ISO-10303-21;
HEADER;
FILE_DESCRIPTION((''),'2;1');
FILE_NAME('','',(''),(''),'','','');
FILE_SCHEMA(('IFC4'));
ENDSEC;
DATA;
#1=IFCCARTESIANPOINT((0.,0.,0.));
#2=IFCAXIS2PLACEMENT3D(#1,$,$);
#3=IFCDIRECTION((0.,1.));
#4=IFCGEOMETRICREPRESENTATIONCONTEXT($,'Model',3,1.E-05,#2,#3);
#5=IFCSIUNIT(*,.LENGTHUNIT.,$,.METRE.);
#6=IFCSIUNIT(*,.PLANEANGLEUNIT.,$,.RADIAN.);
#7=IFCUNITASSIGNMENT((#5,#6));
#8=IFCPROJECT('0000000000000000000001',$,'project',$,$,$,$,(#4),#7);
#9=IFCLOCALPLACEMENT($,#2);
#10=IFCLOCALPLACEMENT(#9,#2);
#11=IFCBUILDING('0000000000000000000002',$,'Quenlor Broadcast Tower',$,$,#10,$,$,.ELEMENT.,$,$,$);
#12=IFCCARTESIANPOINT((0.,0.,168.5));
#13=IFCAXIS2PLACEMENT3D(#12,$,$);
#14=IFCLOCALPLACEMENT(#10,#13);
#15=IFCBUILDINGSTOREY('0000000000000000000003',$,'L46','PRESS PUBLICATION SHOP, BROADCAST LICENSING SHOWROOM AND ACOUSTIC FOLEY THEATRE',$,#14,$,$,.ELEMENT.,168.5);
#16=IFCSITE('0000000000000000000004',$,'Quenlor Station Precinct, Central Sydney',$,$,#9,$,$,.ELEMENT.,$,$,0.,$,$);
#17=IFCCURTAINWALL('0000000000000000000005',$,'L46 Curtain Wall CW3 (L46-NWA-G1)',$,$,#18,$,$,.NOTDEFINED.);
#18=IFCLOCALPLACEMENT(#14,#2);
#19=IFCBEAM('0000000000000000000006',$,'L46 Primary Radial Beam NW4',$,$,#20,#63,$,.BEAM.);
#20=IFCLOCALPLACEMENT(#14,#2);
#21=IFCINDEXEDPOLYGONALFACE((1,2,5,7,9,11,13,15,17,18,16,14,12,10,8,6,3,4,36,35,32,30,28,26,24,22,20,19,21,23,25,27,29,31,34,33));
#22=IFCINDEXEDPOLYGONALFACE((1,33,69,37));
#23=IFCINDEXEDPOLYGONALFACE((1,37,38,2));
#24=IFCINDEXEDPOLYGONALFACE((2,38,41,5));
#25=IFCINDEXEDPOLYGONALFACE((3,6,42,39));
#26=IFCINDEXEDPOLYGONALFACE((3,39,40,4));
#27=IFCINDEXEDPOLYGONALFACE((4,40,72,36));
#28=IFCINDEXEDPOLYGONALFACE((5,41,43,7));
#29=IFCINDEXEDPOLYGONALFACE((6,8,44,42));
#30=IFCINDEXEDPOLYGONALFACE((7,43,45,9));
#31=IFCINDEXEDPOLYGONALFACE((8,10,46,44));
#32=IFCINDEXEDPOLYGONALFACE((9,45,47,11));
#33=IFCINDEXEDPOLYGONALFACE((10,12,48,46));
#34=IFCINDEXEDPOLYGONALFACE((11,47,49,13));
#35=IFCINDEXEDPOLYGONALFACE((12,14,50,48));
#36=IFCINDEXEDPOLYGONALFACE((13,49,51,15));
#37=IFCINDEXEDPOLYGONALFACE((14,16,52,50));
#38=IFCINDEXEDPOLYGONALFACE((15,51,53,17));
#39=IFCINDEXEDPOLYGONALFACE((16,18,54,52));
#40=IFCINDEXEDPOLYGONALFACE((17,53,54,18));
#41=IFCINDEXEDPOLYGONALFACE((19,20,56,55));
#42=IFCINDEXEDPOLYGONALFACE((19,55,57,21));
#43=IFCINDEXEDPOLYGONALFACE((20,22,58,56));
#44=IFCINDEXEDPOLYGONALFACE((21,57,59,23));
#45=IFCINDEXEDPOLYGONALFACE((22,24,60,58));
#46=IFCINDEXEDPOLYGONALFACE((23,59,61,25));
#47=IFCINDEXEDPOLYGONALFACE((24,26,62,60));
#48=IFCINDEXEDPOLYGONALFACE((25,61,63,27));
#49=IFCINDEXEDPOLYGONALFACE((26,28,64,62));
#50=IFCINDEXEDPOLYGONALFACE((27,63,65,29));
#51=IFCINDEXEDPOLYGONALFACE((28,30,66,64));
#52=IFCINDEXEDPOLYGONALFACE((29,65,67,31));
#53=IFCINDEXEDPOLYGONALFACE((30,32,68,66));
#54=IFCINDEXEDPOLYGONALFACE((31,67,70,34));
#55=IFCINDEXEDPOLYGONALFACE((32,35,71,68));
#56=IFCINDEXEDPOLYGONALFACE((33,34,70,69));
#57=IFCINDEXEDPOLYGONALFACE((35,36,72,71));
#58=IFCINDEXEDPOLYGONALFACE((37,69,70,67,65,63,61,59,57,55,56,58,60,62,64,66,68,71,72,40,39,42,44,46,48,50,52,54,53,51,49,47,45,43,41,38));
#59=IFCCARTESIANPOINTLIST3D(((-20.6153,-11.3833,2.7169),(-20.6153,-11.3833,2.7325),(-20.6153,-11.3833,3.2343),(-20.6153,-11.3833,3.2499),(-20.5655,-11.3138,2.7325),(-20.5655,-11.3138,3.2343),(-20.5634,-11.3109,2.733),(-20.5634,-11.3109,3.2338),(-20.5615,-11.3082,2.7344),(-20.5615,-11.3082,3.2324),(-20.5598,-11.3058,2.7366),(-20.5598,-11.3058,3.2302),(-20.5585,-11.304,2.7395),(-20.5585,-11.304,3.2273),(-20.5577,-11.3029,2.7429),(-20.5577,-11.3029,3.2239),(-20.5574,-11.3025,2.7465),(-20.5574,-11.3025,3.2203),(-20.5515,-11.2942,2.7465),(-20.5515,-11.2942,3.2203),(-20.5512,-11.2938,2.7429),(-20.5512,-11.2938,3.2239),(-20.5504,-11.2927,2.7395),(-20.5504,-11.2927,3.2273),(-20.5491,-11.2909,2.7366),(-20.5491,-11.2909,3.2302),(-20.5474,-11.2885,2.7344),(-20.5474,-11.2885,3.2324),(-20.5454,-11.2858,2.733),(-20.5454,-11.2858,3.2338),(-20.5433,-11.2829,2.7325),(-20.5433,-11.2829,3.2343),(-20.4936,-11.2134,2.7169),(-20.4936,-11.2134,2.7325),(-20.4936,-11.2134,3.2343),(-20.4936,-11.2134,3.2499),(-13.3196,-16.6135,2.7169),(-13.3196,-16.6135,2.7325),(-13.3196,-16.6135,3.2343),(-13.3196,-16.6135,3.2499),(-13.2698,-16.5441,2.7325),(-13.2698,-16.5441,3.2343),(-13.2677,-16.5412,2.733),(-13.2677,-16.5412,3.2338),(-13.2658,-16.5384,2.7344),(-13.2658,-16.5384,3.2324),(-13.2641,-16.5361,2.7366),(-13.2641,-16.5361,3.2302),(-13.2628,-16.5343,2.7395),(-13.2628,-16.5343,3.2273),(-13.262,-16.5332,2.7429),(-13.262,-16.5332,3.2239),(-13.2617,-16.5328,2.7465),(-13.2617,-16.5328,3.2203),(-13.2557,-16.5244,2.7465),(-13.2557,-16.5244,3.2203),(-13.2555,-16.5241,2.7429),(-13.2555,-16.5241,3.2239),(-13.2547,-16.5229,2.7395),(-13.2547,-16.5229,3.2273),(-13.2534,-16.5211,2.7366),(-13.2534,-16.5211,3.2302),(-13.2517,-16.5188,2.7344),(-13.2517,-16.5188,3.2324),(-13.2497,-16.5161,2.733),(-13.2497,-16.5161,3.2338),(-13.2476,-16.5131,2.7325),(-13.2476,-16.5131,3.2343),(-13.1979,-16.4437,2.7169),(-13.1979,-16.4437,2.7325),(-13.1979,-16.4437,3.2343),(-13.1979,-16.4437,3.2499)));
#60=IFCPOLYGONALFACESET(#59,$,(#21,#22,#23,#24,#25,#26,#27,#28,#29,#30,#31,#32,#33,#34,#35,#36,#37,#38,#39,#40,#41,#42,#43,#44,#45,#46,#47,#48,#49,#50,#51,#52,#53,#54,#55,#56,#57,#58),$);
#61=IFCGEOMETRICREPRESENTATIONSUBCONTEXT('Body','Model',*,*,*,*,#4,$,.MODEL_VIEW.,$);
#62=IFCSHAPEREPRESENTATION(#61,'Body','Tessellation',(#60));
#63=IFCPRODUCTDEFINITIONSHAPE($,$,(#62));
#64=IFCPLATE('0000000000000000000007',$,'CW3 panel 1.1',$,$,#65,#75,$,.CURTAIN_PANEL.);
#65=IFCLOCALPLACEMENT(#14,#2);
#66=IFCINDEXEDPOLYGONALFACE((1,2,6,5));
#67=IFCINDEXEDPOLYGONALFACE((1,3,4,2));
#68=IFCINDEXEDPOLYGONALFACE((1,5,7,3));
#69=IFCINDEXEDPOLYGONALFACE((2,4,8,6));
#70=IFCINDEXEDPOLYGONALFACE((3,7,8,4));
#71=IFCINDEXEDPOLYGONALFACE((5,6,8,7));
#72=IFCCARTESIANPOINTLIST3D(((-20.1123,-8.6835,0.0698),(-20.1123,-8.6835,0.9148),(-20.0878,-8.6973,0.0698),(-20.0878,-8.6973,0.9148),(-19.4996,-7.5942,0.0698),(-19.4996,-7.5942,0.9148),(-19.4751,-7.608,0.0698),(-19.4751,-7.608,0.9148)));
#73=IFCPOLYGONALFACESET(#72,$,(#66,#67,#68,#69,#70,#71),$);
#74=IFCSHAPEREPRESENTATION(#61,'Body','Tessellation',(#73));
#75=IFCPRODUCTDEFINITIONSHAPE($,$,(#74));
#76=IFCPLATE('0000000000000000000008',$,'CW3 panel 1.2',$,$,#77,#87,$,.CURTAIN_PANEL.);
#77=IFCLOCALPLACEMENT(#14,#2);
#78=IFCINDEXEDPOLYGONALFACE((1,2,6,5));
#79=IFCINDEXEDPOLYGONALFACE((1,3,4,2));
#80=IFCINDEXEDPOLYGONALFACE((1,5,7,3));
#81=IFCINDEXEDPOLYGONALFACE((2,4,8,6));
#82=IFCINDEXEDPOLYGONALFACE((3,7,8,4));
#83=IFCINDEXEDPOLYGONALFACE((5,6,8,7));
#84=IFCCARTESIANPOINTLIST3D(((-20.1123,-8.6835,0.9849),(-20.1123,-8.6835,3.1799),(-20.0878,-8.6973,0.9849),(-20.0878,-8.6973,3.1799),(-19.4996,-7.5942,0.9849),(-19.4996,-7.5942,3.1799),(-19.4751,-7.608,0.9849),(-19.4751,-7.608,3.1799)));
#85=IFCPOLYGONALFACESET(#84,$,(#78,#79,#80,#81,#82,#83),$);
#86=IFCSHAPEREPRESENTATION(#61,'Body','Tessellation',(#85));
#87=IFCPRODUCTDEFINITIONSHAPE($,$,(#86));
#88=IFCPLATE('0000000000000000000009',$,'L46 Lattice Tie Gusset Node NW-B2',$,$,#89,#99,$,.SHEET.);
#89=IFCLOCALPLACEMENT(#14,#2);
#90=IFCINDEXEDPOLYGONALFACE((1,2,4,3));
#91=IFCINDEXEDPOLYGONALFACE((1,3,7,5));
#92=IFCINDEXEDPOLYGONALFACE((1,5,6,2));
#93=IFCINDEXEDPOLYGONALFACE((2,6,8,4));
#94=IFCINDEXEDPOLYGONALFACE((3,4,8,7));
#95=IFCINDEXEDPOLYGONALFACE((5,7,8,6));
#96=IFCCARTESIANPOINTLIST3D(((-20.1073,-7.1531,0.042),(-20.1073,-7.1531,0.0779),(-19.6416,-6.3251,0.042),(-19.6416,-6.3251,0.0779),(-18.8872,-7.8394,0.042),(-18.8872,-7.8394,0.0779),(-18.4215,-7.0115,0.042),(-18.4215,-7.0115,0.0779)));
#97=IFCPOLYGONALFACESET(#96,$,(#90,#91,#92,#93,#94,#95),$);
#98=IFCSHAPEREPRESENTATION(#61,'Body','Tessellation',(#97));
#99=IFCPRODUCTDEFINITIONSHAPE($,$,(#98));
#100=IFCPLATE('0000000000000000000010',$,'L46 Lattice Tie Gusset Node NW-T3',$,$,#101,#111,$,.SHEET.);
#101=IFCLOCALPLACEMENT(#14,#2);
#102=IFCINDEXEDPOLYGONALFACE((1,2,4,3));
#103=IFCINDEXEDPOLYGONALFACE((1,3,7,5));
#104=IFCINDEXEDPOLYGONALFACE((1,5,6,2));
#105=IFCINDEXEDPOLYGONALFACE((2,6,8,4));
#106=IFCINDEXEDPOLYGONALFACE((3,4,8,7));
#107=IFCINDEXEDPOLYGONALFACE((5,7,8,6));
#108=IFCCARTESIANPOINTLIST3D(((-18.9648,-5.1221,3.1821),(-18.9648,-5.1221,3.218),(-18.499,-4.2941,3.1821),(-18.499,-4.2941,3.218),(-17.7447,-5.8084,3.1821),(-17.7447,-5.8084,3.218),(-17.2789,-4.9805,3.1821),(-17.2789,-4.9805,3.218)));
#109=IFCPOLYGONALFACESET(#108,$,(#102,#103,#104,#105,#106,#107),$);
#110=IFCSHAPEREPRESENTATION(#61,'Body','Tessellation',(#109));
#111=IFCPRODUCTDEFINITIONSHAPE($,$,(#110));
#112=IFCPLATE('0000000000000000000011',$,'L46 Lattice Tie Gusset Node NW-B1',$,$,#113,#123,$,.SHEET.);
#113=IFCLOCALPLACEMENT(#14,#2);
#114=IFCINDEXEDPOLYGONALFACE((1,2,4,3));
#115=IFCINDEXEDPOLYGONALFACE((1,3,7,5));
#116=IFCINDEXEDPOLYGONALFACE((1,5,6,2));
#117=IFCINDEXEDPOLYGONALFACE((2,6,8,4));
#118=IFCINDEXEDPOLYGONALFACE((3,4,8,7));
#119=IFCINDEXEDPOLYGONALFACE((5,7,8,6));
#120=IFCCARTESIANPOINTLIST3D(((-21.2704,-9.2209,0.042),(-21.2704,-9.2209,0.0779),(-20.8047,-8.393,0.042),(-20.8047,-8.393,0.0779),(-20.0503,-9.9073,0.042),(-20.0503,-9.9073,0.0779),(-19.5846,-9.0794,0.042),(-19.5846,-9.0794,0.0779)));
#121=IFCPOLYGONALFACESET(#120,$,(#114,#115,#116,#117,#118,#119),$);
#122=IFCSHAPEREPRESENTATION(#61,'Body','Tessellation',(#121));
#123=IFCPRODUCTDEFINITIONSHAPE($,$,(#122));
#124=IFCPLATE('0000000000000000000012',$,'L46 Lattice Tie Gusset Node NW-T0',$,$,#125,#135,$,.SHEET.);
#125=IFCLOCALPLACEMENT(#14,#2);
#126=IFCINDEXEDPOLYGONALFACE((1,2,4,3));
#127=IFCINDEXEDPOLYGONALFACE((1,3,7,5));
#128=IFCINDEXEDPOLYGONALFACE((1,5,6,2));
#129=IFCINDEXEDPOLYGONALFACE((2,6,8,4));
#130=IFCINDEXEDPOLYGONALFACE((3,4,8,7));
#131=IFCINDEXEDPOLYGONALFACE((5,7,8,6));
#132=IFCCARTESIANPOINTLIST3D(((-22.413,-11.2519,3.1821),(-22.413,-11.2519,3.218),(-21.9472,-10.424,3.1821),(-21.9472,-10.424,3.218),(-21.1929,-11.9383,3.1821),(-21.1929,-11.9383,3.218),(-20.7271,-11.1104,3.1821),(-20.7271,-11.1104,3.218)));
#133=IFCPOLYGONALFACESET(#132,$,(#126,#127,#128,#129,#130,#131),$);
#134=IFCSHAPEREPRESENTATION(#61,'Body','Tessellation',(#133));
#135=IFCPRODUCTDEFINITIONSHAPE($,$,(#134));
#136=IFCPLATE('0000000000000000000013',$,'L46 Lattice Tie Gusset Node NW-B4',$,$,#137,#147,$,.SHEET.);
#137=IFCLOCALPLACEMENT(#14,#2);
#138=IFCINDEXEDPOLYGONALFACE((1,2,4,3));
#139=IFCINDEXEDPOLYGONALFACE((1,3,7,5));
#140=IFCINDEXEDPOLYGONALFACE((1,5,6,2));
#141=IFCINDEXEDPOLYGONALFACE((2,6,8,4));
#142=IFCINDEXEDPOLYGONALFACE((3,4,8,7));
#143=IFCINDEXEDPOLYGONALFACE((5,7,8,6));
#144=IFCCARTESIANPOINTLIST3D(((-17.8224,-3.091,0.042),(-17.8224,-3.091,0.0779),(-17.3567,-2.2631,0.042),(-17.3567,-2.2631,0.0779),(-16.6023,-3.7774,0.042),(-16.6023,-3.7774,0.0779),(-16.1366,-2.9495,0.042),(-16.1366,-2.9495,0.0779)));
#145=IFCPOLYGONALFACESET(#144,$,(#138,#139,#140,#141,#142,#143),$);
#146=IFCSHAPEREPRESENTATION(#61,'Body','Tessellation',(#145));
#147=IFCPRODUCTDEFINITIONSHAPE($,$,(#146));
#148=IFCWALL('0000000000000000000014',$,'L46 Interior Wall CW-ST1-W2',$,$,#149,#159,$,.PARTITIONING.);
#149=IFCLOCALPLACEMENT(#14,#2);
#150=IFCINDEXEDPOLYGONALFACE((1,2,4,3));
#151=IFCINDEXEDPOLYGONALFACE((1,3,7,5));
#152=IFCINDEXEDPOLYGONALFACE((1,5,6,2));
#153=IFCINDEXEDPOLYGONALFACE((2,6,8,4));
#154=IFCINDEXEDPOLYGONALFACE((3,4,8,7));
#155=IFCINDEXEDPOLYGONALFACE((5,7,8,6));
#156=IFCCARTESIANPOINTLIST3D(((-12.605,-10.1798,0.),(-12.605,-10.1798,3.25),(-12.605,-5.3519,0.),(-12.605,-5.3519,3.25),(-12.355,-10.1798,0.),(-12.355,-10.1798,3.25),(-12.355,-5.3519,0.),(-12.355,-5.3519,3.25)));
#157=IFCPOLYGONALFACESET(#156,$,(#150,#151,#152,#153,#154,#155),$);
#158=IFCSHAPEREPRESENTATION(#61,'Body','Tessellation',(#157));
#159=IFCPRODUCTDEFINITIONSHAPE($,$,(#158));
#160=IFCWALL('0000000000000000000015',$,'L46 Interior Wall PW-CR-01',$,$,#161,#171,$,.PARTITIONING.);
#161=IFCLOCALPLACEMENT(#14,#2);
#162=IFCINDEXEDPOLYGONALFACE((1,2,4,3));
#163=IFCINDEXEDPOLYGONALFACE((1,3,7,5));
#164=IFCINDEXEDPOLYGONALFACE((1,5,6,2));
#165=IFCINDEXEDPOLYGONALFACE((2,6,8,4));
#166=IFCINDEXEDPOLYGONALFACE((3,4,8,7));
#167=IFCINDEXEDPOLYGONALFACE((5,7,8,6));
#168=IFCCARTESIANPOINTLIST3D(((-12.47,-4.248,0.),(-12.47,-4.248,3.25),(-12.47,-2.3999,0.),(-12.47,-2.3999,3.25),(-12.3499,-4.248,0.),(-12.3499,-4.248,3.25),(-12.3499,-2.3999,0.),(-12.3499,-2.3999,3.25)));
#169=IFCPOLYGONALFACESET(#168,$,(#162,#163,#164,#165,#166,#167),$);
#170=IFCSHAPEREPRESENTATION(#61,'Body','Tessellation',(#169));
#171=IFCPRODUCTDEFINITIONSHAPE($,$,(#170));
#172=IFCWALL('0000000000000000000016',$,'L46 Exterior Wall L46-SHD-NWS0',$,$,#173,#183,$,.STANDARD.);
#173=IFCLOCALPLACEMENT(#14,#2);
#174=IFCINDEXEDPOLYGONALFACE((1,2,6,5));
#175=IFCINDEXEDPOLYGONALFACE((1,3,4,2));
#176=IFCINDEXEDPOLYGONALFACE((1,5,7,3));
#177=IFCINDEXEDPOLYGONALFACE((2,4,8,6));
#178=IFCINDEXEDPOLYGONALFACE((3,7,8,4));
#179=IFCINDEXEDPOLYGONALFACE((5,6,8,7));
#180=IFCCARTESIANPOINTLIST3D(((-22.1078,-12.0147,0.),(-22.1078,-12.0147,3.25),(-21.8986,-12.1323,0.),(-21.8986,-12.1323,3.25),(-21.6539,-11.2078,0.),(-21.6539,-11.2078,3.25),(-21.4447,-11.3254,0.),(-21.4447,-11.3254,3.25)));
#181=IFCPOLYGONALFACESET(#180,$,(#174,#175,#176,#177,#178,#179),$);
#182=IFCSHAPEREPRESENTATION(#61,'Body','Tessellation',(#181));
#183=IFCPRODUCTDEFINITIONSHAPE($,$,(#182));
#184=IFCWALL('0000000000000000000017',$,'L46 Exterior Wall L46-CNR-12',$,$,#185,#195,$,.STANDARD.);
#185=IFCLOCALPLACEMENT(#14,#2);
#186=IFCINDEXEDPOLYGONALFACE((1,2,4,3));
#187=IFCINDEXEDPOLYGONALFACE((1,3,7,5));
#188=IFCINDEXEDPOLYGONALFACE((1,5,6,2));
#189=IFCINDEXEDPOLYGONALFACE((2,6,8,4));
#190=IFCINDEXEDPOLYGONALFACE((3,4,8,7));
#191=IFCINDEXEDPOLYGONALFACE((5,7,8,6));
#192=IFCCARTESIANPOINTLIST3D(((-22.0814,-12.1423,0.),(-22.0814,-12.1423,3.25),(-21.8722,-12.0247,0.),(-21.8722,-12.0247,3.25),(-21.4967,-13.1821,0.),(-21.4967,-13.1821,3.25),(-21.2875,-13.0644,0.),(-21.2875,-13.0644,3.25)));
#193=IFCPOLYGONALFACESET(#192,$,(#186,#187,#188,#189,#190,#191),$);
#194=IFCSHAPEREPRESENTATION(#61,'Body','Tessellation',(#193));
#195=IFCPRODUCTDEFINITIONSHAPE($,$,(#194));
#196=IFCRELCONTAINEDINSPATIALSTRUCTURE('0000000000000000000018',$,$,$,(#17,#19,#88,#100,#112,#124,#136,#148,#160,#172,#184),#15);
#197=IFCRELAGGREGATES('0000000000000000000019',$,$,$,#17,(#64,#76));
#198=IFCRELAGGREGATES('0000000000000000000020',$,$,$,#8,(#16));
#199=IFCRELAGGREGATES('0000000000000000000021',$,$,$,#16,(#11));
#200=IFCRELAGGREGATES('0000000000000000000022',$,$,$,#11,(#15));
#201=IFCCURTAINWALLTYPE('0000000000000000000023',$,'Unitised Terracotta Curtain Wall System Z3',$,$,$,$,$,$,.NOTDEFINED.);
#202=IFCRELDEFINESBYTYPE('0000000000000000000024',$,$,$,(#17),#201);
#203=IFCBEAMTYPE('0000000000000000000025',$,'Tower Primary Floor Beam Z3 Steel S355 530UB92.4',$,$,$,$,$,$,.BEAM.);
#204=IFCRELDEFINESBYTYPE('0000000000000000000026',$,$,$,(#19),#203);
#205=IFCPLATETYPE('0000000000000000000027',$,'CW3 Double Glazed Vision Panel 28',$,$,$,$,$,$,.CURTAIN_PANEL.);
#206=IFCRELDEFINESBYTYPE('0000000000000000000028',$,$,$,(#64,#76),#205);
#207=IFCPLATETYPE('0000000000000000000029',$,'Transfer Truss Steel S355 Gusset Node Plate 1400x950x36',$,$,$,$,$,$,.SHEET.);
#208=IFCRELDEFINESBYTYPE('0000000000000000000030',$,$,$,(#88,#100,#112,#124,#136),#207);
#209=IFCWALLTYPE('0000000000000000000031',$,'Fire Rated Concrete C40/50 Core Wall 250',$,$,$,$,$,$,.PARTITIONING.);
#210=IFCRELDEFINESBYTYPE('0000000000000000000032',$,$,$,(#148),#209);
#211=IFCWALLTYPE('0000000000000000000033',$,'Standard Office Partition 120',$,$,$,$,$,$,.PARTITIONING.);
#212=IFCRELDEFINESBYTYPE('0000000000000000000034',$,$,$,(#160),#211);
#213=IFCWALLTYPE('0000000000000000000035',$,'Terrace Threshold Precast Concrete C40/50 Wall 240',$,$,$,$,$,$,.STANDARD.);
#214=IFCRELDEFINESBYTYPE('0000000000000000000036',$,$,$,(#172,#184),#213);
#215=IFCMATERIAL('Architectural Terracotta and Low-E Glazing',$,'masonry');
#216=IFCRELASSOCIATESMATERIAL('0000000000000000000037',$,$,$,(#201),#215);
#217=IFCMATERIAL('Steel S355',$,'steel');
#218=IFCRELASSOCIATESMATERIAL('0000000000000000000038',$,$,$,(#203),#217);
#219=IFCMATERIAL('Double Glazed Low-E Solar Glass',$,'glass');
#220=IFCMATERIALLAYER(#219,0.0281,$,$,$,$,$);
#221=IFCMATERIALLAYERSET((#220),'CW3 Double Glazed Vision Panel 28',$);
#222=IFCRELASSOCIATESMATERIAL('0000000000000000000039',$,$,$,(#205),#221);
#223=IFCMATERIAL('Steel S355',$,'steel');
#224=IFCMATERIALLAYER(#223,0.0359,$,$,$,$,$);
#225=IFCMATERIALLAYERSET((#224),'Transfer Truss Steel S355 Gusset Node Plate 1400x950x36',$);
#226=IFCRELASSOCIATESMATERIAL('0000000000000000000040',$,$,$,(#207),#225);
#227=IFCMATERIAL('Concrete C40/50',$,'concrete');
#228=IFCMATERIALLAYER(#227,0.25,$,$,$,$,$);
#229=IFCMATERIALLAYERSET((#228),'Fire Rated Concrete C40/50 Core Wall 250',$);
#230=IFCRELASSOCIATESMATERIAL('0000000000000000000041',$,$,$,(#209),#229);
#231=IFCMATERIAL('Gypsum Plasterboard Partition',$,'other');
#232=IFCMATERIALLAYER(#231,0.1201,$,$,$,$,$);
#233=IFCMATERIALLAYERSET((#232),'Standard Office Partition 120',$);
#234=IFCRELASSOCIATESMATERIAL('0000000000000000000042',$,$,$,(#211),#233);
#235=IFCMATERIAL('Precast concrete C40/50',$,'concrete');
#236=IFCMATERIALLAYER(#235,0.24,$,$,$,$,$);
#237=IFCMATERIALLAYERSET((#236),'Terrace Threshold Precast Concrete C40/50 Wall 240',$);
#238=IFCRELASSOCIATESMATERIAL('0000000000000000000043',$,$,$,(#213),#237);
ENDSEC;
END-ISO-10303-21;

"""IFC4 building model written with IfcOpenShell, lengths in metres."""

from ifc_helpers import new_model, si_unit, direction, frame, frame_2d, origin, origin_2d, place, context, subcontext, project, spatial, rectangle, i_section, extrude, material, layer, layer_set, material_profile, profile_set, type_object, element, aggregate, save


model = new_model("IFC4")

# Units and contexts
model_context = context("Model", 3, precision=1e-05, world=origin(), true_north=direction((0.0, 1.0)))
body_context = subcontext(model_context, "Body", "Model", "MODEL_VIEW")
ifc_project = project(units=[si_unit("LENGTHUNIT", "METRE"), si_unit("PLANEANGLEUNIT", "RADIAN")], contexts=[model_context])

# Site, building, storey
site_placement = place(None, origin())
site = spatial("IfcSite", under=ifc_project, at=site_placement, Name="Quenlor Station Precinct, Central Sydney", CompositionType="ELEMENT", RefElevation=0.0)
building_placement = place(site_placement, origin())
building = spatial("IfcBuilding", under=site, at=building_placement, Name="Quenlor Broadcast Tower", CompositionType="ELEMENT")
storey_placement = place(building_placement, frame((0.0, 0.0, 168.5)))
storey = spatial("IfcBuildingStorey", under=building, at=storey_placement, Name="L46", Description="PRESS PUBLICATION SHOP, BROADCAST LICENSING SHOWROOM AND ACOUSTIC FOLEY THEATRE", CompositionType="ELEMENT", Elevation=168.5)

# Curtain wall
ifc_material_1 = material(Name="Architectural Terracotta and Low-E Glazing", Category="masonry")
curtain_wall_type = type_object("IfcCurtainWallType", Name="Unitised Terracotta Curtain Wall System Z3", PredefinedType="NOTDEFINED", material=ifc_material_1)
curtain_wall_placement = place(storey_placement, origin())
curtain_wall = element("IfcCurtainWall", 1, at=curtain_wall_placement, inside=storey, type_object=curtain_wall_type, Name="L46 Curtain Wall CW3 (L46-NWA-G1)", PredefinedType="NOTDEFINED")

# Beam
ifc_material_2 = material(Name="Steel S355", Category="steel")
ifc_material_profile_1 = material_profile(ifc_material_2, i_section(OverallWidth=0.209, OverallDepth=0.533, WebThickness=0.0103, FlangeThickness=0.0156, FilletRadius=0.0139, at=origin_2d()))
ifc_profile_set_1 = profile_set([ifc_material_profile_1], Name="Steel S355 530UB92.4")
beam_type_1 = type_object("IfcBeamType", Name="Tower Primary Floor Beam Z3 Steel S355 530UB92.4", PredefinedType="BEAM", material=ifc_profile_set_1)
beam_1_placement = place(storey_placement, frame((-20.5544, -11.2983, 2.9834), z_axis=(0.812729, -0.582642, 0.0), x_axis=(0.582642, 0.812729, 0.0)))
element("IfcBeam", 2, at=beam_1_placement, inside=storey, type_object=beam_type_1, Name="L46 Primary Radial Beam NW4", PredefinedType="BEAM", context=body_context, shape_type="SweptSolid", body=[
    extrude(i_section(OverallWidth=0.209, OverallDepth=0.533, WebThickness=0.0103, FlangeThickness=0.0156, FilletRadius=0.0139, at=origin_2d()), origin(), (0.0, 0.0, 1.0), 8.9768),
])

# Plates
ifc_material_3 = material(Name="Double Glazed Low-E Solar Glass", Category="glass")
ifc_layer_1 = layer(ifc_material_3, 0.0281)
ifc_layer_set_1 = layer_set([ifc_layer_1], Name="CW3 Double Glazed Vision Panel 28")
plate_type_1 = type_object("IfcPlateType", Name="CW3 Double Glazed Vision Panel 28", PredefinedType="CURTAIN_PANEL", material=ifc_layer_set_1)
plate_1_placement = place(storey_placement, frame((-19.7937, -8.1458, 0.0698), z_axis=(0.0, 0.0, 1.0), x_axis=(0.490261, 0.871576, 0.0)))
plate_1 = element("IfcPlate", 3, at=plate_1_placement, type_object=plate_type_1, Name="CW3 panel 1.1", PredefinedType="CURTAIN_PANEL", context=body_context, shape_type="SweptSolid", body=[
    extrude(rectangle(XDim=1.2498, YDim=0.0281, at=origin_2d()), origin(), (0.0, 0.0, 1.0), 0.845),
])
plate_2_placement = place(storey_placement, frame((-19.7937, -8.1458, 0.9849), z_axis=(0.0, 0.0, 1.0), x_axis=(0.490261, 0.871576, 0.0)))
plate_2 = element("IfcPlate", 4, at=plate_2_placement, type_object=plate_type_1, Name="CW3 panel 1.2", PredefinedType="CURTAIN_PANEL", context=body_context, shape_type="SweptSolid", body=[
    extrude(rectangle(XDim=1.2498, YDim=0.0281, at=origin_2d()), origin(), (0.0, 0.0, 1.0), 2.1951),
])
aggregate(curtain_wall, [plate_1, plate_2])

# Plates
ifc_material_4 = material(Name="Steel S355", Category="steel")
ifc_layer_2 = layer(ifc_material_4, 0.0359)
ifc_layer_set_2 = layer_set([ifc_layer_2], Name="Transfer Truss Steel S355 Gusset Node Plate 1400x950x36")
plate_type_2 = type_object("IfcPlateType", Name="Transfer Truss Steel S355 Gusset Node Plate 1400x950x36", PredefinedType="SHEET", material=ifc_layer_set_2)
for number, where, z_axis, x_axis, name in (
    (5, (-19.2644, -7.0823, 0.042), (0.0, 0.0, 1.0), (-0.871556, 0.490295, 0.0), "L46 Lattice Tie Gusset Node NW-B2"),
    (6, (-18.1218, -5.0513, 3.1821), (0.0, 0.0, 1.0), (-0.871556, 0.490295, 0.0), "L46 Lattice Tie Gusset Node NW-T3"),
    (7, (-20.4275, -9.1501, 0.042), (0.0, 0.0, 1.0), (-0.871556, 0.490295, 0.0), "L46 Lattice Tie Gusset Node NW-B1"),
    (8, (-21.5701, -11.1812, 3.1821), (0.0, 0.0, 1.0), (-0.871556, 0.490295, 0.0), "L46 Lattice Tie Gusset Node NW-T0"),
    (9, (-16.9795, -3.0203, 0.042), (0.0, 0.0, 1.0), (-0.871556, 0.490295, 0.0), "L46 Lattice Tie Gusset Node NW-B4"),
):
    element("IfcPlate", number, at=place(storey_placement, frame(where, z_axis=z_axis, x_axis=x_axis)), inside=storey, type_object=plate_type_2, Name=name, PredefinedType="SHEET", context=body_context, shape_type="SweptSolid", body=[
        extrude(rectangle(XDim=1.3999, YDim=0.95, at=origin_2d()), origin(), (0.0, 0.0, 1.0), 0.0359),
    ])

# Walls
ifc_material_5 = material(Name="Concrete C40/50", Category="concrete")
ifc_layer_3 = layer(ifc_material_5, 0.25)
ifc_layer_set_3 = layer_set([ifc_layer_3], Name="Fire Rated Concrete C40/50 Core Wall 250")
wall_type_1 = type_object("IfcWallType", Name="Fire Rated Concrete C40/50 Core Wall 250", PredefinedType="PARTITIONING", material=ifc_layer_set_3)
wall_1_placement = place(storey_placement, frame((-12.48, -10.1799, 0.0), z_axis=(0.0, 0.0, 1.0), x_axis=(0.0, 1.0, 0.0)))
element("IfcWall", 10, at=wall_1_placement, inside=storey, type_object=wall_type_1, Name="L46 Interior Wall CW-ST1-W2", PredefinedType="PARTITIONING", context=body_context, shape_type="SweptSolid", body=[
    extrude(rectangle(XDim=4.8279, YDim=0.25, at=frame_2d((2.4141, 0.0))), origin(), (0.0, 0.0, 1.0), 3.25),
])
ifc_material_6 = material(Name="Gypsum Plasterboard Partition", Category="other")
ifc_layer_4 = layer(ifc_material_6, 0.1201)
ifc_layer_set_4 = layer_set([ifc_layer_4], Name="Standard Office Partition 120")
wall_type_2 = type_object("IfcWallType", Name="Standard Office Partition 120", PredefinedType="PARTITIONING", material=ifc_layer_set_4)
wall_2_placement = place(storey_placement, frame((-12.4099, -4.248, 0.0), z_axis=(0.0, 0.0, 1.0), x_axis=(0.0, 1.0, 0.0)))
element("IfcWall", 11, at=wall_2_placement, inside=storey, type_object=wall_type_2, Name="L46 Interior Wall PW-CR-01", PredefinedType="PARTITIONING", context=body_context, shape_type="SweptSolid", body=[
    extrude(rectangle(XDim=1.8481, YDim=0.1201, at=frame_2d((0.9241, 0.0))), origin(), (0.0, 0.0, 1.0), 3.25),
])
ifc_material_7 = material(Name="Precast concrete C40/50", Category="concrete")
ifc_layer_5 = layer(ifc_material_7, 0.24)
ifc_layer_set_5 = layer_set([ifc_layer_5], Name="Terrace Threshold Precast Concrete C40/50 Wall 240")
wall_type_3 = type_object("IfcWallType", Name="Terrace Threshold Precast Concrete C40/50 Wall 240", PredefinedType="STANDARD", material=ifc_layer_set_5)
wall_3_placement = place(storey_placement, frame((-22.0032, -12.0735, 0.0), z_axis=(0.0, 0.0, 1.0), x_axis=(0.490249, 0.871583, 0.0)))
element("IfcWall", 12, at=wall_3_placement, inside=storey, type_object=wall_type_3, Name="L46 Exterior Wall L46-SHD-NWS0", PredefinedType="STANDARD", context=body_context, shape_type="SweptSolid", body=[
    extrude(rectangle(XDim=0.9258, YDim=0.24, at=frame_2d((0.4629, 0.0))), origin(), (0.0, 0.0, 1.0), 3.25),
])
wall_4_placement = place(storey_placement, frame((-21.9768, -12.0835, 0.0), z_axis=(0.0, 0.0, 1.0), x_axis=(0.490154, -0.871636, 0.0)))
element("IfcWall", 13, at=wall_4_placement, inside=storey, type_object=wall_type_3, Name="L46 Exterior Wall L46-CNR-12", PredefinedType="STANDARD", context=body_context, shape_type="SweptSolid", body=[
    extrude(rectangle(XDim=1.1929, YDim=0.24, at=frame_2d((0.5964, 0.0))), origin(), (0.0, 0.0, 1.0), 3.25),
])

save(model, "model.ifc")
